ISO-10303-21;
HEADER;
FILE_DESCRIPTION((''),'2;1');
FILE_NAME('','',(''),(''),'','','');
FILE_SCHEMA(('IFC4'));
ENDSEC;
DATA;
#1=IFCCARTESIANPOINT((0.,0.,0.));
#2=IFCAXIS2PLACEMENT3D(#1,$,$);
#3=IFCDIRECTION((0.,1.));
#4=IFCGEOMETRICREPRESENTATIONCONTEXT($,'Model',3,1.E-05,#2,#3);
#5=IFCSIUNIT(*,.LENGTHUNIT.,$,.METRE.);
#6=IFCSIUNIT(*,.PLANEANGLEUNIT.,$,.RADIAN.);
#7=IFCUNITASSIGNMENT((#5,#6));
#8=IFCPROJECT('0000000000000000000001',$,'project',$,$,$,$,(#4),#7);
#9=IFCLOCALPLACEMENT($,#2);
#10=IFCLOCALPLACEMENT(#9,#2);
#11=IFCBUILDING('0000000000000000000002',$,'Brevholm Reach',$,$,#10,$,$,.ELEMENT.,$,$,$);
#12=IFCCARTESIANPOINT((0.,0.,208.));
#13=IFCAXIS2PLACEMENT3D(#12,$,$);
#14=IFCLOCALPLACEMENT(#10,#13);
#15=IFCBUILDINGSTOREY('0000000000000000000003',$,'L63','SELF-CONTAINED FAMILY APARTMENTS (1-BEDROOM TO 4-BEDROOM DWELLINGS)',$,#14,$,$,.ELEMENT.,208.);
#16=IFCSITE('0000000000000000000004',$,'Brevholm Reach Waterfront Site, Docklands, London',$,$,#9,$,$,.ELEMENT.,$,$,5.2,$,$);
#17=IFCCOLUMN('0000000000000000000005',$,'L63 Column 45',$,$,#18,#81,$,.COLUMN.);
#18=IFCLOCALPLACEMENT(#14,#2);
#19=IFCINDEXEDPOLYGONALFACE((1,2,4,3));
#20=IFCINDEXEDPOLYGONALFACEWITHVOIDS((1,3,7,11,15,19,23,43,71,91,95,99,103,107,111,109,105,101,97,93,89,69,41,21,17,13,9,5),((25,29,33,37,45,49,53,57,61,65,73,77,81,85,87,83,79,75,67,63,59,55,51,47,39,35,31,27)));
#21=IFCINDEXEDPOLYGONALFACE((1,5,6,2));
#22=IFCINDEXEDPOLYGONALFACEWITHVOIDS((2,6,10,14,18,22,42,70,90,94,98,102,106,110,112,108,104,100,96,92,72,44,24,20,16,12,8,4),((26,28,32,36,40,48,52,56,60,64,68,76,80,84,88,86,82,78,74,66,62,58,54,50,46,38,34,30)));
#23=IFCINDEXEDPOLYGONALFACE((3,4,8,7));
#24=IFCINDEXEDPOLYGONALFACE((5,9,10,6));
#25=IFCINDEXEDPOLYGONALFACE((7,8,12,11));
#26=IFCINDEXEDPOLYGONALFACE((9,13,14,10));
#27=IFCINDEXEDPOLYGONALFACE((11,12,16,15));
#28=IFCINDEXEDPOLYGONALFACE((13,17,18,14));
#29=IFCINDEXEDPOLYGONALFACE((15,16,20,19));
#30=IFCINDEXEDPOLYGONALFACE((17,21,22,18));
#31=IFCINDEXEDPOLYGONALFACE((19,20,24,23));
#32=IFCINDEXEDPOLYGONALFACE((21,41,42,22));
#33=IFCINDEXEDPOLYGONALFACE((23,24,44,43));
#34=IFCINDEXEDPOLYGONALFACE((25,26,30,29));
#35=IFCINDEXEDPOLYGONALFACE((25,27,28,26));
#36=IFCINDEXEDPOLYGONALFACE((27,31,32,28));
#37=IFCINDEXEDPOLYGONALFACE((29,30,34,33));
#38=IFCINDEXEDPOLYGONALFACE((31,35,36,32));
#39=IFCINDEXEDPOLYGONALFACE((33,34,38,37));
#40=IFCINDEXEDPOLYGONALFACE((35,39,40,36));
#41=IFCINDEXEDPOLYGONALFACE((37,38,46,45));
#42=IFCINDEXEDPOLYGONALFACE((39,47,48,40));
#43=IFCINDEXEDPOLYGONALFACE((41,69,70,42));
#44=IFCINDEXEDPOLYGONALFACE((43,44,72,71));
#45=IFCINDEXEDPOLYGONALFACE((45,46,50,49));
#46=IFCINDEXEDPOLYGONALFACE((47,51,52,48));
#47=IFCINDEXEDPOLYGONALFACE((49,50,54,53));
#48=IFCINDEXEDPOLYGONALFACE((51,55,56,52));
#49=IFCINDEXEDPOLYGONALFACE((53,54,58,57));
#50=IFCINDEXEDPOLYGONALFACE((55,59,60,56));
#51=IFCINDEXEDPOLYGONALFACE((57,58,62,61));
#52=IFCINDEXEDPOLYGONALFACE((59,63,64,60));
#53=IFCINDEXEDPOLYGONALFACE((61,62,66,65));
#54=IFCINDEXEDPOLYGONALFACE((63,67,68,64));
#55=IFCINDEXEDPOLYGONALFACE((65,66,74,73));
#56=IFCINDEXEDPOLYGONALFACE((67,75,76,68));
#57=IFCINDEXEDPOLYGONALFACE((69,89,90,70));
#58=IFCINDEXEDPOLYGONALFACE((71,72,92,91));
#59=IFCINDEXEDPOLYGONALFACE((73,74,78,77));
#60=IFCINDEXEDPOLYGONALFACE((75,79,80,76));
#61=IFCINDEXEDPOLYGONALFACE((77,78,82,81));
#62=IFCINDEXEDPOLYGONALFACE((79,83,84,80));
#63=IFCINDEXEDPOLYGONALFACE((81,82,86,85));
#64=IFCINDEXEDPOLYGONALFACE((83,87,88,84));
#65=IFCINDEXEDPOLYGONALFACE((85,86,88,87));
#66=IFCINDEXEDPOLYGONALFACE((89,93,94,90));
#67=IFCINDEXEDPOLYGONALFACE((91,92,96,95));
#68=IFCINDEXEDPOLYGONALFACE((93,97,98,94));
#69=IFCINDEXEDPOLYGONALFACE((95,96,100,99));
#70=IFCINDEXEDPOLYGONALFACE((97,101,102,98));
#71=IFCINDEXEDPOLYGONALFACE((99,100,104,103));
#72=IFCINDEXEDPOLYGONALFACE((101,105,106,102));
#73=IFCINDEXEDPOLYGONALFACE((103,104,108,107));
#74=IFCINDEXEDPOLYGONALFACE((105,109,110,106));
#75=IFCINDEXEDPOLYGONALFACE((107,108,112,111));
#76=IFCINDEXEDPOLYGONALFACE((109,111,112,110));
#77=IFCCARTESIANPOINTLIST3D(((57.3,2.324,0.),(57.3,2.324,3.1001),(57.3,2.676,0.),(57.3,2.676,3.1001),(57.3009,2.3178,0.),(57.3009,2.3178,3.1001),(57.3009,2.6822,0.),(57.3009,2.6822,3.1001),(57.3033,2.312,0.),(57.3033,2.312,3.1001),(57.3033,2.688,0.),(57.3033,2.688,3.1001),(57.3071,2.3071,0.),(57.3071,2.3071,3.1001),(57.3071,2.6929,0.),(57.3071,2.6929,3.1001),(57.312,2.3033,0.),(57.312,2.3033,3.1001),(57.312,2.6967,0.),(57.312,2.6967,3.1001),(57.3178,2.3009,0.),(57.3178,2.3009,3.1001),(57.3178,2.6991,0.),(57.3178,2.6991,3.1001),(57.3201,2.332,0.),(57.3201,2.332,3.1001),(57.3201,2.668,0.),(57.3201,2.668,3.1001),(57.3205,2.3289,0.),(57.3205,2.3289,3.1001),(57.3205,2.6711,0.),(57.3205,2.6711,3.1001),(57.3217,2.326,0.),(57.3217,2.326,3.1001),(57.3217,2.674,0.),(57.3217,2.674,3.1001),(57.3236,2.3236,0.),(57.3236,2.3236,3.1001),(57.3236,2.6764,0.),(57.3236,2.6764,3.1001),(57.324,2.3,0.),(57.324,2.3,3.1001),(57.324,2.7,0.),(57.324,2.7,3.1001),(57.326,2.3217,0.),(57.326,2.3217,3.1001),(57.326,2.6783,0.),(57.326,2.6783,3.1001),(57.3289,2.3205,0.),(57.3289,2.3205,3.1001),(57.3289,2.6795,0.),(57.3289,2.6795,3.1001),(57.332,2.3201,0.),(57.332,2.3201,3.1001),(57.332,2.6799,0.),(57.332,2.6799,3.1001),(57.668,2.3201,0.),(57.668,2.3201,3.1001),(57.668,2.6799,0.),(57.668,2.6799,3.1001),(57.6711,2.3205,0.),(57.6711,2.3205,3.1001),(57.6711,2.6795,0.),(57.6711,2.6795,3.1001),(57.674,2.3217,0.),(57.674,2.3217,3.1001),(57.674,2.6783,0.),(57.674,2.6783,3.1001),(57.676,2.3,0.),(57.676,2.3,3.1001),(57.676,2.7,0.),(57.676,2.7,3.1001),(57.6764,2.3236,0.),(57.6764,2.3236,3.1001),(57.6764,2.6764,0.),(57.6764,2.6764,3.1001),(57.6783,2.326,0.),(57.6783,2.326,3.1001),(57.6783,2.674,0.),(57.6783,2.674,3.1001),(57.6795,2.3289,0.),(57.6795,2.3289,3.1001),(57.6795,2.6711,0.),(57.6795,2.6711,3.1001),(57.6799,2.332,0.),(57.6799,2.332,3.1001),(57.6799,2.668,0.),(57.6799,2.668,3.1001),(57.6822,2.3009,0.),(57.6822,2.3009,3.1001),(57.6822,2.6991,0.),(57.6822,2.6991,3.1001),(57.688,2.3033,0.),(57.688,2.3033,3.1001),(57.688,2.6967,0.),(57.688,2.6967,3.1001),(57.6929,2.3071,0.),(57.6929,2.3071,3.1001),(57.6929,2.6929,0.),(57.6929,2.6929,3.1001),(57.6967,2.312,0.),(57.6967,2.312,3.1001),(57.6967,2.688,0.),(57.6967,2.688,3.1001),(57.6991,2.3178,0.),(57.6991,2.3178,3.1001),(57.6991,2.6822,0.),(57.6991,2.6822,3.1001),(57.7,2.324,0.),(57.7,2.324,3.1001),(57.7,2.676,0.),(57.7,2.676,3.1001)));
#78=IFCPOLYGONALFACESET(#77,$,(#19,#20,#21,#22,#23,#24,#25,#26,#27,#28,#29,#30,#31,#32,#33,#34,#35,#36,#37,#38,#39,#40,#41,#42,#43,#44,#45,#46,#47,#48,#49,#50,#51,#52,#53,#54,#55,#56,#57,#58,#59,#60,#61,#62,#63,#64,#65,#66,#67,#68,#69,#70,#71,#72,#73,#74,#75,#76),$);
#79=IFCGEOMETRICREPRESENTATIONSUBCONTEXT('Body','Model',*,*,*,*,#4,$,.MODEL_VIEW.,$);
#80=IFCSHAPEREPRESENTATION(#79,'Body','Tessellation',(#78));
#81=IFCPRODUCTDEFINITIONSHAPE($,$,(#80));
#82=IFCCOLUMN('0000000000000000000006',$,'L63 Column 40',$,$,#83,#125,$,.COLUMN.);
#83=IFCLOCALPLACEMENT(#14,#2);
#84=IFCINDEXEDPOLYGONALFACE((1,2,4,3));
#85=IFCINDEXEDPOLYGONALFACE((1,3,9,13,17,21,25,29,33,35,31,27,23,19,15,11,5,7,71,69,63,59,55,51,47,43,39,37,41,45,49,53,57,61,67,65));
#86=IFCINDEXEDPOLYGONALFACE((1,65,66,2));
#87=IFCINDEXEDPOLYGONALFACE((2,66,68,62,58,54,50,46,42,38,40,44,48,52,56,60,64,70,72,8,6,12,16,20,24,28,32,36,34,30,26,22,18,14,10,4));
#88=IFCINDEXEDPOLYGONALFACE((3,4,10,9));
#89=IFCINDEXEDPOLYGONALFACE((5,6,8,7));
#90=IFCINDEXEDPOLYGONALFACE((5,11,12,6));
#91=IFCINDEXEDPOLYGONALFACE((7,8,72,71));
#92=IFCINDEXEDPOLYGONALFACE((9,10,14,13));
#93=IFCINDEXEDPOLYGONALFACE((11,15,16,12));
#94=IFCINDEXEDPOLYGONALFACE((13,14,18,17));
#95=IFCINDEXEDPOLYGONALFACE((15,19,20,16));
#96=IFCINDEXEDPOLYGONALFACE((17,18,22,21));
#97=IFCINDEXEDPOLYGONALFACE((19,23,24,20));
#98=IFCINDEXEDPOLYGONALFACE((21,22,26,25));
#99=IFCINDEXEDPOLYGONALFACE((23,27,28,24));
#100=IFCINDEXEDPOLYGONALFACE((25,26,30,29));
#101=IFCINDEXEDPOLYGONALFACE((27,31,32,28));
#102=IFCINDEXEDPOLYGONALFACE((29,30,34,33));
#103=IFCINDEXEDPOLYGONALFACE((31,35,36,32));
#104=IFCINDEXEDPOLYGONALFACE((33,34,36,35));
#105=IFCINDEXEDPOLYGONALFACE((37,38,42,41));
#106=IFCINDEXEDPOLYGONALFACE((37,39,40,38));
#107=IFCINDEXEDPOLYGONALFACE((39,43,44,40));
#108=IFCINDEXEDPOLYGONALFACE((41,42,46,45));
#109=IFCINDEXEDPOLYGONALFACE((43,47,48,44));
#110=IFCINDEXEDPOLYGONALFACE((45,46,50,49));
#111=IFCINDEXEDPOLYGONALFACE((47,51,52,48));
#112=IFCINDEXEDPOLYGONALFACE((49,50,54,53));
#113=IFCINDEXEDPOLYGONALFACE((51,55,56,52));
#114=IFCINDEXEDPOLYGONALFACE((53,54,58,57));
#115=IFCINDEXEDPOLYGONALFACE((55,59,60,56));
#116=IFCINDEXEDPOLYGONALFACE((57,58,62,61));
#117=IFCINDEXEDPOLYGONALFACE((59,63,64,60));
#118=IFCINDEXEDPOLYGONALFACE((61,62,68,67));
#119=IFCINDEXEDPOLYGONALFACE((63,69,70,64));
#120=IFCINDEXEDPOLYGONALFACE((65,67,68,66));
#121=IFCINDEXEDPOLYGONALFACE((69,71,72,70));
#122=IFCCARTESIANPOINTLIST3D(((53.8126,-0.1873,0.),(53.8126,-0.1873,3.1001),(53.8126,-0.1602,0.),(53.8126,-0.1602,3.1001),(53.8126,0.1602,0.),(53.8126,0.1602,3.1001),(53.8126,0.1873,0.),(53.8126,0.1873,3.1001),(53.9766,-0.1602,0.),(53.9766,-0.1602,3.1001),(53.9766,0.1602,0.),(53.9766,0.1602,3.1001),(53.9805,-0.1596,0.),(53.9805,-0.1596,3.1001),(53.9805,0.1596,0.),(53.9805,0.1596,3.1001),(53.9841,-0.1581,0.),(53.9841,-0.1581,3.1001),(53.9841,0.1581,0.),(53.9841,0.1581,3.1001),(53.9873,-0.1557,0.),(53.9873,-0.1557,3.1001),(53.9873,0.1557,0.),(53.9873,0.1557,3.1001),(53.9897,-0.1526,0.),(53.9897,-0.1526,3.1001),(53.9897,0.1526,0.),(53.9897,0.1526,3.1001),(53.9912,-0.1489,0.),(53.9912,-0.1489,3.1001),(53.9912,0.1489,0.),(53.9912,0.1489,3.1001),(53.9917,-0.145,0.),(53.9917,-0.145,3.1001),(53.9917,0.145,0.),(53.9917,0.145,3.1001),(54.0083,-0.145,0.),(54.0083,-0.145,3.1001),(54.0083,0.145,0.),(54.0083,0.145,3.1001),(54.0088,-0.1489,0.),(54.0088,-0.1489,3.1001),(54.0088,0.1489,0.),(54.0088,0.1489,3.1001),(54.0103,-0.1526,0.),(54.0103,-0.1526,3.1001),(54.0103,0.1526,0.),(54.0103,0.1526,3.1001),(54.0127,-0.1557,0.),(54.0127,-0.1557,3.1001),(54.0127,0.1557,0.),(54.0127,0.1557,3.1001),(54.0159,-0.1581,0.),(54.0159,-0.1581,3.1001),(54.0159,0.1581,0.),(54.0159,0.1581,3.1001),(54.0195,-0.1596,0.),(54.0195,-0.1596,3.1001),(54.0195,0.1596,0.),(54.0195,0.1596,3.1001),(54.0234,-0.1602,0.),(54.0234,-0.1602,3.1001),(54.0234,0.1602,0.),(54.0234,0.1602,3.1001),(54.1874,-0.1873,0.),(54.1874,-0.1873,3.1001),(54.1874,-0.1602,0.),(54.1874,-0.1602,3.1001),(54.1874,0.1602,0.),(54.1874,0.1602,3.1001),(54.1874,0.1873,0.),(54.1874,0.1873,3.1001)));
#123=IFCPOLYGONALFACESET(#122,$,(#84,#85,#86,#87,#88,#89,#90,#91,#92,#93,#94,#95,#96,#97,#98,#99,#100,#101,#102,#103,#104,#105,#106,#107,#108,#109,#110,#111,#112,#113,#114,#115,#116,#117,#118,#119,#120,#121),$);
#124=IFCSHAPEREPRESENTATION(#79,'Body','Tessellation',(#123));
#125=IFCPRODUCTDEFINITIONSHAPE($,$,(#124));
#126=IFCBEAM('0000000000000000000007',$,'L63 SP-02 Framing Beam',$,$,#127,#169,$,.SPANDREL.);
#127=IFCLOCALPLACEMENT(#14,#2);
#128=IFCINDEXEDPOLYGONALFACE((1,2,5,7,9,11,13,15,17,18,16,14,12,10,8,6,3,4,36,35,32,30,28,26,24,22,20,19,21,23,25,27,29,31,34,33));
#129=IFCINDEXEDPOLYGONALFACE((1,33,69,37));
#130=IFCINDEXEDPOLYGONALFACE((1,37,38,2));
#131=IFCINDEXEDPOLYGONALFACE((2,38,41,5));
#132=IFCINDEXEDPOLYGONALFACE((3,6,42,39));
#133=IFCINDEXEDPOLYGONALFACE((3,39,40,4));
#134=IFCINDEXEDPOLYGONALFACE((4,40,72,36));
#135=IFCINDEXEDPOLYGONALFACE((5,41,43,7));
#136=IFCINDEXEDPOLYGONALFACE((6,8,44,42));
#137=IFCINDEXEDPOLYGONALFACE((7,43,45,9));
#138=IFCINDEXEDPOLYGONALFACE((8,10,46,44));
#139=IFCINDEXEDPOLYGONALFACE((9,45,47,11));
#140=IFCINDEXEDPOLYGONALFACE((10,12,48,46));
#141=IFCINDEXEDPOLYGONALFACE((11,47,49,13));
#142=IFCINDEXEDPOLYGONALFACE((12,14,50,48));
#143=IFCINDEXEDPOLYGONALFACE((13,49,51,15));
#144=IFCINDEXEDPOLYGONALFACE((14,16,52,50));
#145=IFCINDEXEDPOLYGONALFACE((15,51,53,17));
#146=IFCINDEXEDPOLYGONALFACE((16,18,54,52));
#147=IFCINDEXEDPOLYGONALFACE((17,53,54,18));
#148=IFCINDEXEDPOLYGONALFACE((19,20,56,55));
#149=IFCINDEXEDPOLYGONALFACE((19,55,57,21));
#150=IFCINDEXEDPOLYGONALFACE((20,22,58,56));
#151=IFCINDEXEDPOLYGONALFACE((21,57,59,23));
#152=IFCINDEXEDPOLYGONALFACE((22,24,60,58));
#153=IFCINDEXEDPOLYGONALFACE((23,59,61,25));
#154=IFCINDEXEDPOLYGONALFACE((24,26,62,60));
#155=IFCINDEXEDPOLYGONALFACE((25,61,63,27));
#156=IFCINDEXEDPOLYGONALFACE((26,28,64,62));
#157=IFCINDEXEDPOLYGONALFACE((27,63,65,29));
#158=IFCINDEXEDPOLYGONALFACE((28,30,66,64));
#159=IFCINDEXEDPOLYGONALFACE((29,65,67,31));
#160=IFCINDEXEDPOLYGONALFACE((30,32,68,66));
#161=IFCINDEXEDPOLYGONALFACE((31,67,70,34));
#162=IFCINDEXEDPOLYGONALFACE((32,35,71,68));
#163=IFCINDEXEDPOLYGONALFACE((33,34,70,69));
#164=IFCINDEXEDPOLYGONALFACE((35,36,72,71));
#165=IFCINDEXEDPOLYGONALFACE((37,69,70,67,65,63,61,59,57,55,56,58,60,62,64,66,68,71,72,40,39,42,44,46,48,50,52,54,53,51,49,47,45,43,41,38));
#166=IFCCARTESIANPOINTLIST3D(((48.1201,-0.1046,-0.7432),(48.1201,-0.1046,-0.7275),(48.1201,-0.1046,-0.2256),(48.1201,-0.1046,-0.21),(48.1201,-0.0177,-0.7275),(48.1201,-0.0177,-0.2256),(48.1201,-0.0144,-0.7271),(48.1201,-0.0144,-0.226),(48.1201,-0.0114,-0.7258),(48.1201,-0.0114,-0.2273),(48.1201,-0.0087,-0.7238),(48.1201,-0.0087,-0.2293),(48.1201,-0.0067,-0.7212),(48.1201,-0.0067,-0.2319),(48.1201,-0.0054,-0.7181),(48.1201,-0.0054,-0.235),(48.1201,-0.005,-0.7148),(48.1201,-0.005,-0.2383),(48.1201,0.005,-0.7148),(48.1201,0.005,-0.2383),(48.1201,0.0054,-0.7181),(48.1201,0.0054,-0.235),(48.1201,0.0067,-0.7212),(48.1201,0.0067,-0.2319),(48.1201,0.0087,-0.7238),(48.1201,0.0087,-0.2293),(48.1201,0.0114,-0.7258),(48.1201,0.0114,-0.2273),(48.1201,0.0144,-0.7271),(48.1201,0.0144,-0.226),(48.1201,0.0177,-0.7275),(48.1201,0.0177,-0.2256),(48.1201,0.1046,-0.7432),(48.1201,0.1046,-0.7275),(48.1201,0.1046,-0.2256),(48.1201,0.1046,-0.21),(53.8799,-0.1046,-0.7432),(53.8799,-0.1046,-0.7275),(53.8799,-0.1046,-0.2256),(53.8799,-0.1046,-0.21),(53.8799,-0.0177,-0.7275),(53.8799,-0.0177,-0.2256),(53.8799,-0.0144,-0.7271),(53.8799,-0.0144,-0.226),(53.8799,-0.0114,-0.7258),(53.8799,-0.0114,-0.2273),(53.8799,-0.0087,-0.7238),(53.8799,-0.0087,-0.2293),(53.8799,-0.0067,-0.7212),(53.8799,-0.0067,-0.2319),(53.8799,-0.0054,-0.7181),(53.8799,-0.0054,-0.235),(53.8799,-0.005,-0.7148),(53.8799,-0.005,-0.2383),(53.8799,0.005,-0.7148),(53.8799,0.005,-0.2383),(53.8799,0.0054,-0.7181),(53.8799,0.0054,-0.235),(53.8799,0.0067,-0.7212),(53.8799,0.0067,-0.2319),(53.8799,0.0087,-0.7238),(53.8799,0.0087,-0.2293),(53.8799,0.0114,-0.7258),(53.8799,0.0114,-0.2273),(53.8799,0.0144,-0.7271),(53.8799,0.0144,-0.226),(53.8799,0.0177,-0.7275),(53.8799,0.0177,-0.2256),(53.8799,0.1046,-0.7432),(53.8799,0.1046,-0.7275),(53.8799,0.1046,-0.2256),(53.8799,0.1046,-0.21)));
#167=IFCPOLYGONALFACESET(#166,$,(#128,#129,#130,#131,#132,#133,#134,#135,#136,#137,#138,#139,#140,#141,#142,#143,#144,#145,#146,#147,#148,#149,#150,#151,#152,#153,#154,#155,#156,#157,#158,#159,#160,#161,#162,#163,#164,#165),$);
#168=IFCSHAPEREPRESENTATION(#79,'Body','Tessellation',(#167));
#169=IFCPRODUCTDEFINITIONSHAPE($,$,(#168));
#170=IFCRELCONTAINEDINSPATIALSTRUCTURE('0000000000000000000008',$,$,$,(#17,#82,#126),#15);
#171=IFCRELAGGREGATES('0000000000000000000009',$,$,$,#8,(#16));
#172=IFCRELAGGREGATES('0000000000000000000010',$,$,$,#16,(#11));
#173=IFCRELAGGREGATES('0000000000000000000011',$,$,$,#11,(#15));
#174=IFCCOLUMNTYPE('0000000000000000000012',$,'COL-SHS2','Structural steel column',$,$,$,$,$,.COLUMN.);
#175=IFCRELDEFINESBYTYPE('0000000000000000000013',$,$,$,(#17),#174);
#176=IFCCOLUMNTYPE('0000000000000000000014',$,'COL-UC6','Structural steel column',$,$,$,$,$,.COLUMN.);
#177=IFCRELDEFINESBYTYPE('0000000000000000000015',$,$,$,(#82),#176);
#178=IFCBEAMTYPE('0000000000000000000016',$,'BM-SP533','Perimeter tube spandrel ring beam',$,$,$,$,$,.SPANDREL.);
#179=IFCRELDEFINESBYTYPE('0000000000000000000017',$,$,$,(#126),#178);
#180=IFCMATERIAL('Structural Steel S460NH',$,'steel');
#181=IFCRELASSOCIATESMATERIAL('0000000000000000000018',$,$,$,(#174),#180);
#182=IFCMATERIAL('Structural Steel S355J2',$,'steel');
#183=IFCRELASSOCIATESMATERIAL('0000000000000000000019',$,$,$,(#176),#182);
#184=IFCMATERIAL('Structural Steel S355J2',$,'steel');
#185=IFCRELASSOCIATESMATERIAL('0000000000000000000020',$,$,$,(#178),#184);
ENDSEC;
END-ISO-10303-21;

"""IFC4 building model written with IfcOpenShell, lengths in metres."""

from ifc_helpers import new_model, si_unit, direction, frame, origin, origin_2d, place, context, subcontext, project, spatial, hollow_rectangle, i_section, extrude, material, material_profile, profile_set, type_object, element, save


model = new_model("IFC4")

# Units and contexts
model_context = context("Model", 3, precision=1e-05, world=origin(), true_north=direction((0.0, 1.0)))
body_context = subcontext(model_context, "Body", "Model", "MODEL_VIEW")
ifc_project = project(units=[si_unit("LENGTHUNIT", "METRE"), si_unit("PLANEANGLEUNIT", "RADIAN")], contexts=[model_context])

# Site, building, storey
site_placement = place(None, origin())
site = spatial("IfcSite", under=ifc_project, at=site_placement, Name="Brevholm Reach Waterfront Site, Docklands, London", CompositionType="ELEMENT", RefElevation=5.2)
building_placement = place(site_placement, origin())
building = spatial("IfcBuilding", under=site, at=building_placement, Name="Brevholm Reach", CompositionType="ELEMENT")
storey_placement = place(building_placement, frame((0.0, 0.0, 208.0)))
storey = spatial("IfcBuildingStorey", under=building, at=storey_placement, Name="L63", Description="SELF-CONTAINED FAMILY APARTMENTS (1-BEDROOM TO 4-BEDROOM DWELLINGS)", CompositionType="ELEMENT", Elevation=208.0)

# Columns
ifc_material_1 = material(Name="Structural Steel S460NH", Category="steel")
ifc_material_profile_1 = material_profile(ifc_material_1, hollow_rectangle(XDim=0.3999, YDim=0.3999, WallThickness=0.02, InnerFilletRadius=0.012, OuterFilletRadius=0.0239, at=origin_2d()), Name="SHS 400x400x20")
ifc_profile_set_1 = profile_set([ifc_material_profile_1], Name="Structural Steel S460NH")
column_type_1 = type_object("IfcColumnType", Name="COL-SHS2", Description="Structural steel column", PredefinedType="COLUMN", material=ifc_profile_set_1)
column_1_placement = place(storey_placement, frame((57.5, 2.5, 0.0), z_axis=(0.0, 0.0, 1.0), x_axis=(1.0, 0.0, 0.0)))
element("IfcColumn", 1, at=column_1_placement, inside=storey, type_object=column_type_1, Name="L63 Column 45", PredefinedType="COLUMN", context=body_context, shape_type="SweptSolid", body=[
    extrude(hollow_rectangle(XDim=0.3999, YDim=0.3999, WallThickness=0.02, InnerFilletRadius=0.012, OuterFilletRadius=0.0239, at=origin_2d()), origin(), (0.0, 0.0, 1.0), 3.1001),
])
ifc_material_2 = material(Name="Structural Steel S355J2", Category="steel")
ifc_material_profile_2 = material_profile(ifc_material_2, i_section(OverallWidth=0.3748, OverallDepth=0.3745, WebThickness=0.0166, FlangeThickness=0.0271, FilletRadius=0.0151, at=origin_2d()), Name="UKC 356x368x202")
ifc_profile_set_2 = profile_set([ifc_material_profile_2], Name="Structural Steel S355J2")
column_type_2 = type_object("IfcColumnType", Name="COL-UC6", Description="Structural steel column", PredefinedType="COLUMN", material=ifc_profile_set_2)
column_2_placement = place(storey_placement, frame((54.0, 0.0, 0.0), z_axis=(0.0, 0.0, 1.0), x_axis=(1.0, 0.0, 0.0)))
element("IfcColumn", 2, at=column_2_placement, inside=storey, type_object=column_type_2, Name="L63 Column 40", PredefinedType="COLUMN", context=body_context, shape_type="SweptSolid", body=[
    extrude(i_section(OverallWidth=0.3748, OverallDepth=0.3745, WebThickness=0.0166, FlangeThickness=0.0271, FilletRadius=0.0151, at=origin_2d()), origin(), (0.0, 0.0, 1.0), 3.1001),
])

# Beam
ifc_material_3 = material(Name="Structural Steel S355J2", Category="steel")
ifc_material_profile_3 = material_profile(ifc_material_3, i_section(OverallWidth=0.2092, OverallDepth=0.5332, WebThickness=0.01, FlangeThickness=0.0156, FilletRadius=0.0127, at=origin_2d()), Name="UKB 533x210x92")
ifc_profile_set_3 = profile_set([ifc_material_profile_3], Name="Structural Steel S355J2")
beam_type_1 = type_object("IfcBeamType", Name="BM-SP533", Description="Perimeter tube spandrel ring beam", PredefinedType="SPANDREL", material=ifc_profile_set_3)
beam_1_placement = place(storey_placement, frame((48.1201, 0.0, -0.4766), z_axis=(1.0, 0.0, 0.0), x_axis=(0.0, 1.0, 0.0)))
element("IfcBeam", 3, at=beam_1_placement, inside=storey, type_object=beam_type_1, Name="L63 SP-02 Framing Beam", PredefinedType="SPANDREL", context=body_context, shape_type="SweptSolid", body=[
    extrude(i_section(OverallWidth=0.2092, OverallDepth=0.5332, WebThickness=0.01, FlangeThickness=0.0156, FilletRadius=0.0127, at=origin_2d()), origin(), (0.0, 0.0, 1.0), 5.7598),
])

save(model, "model.ifc")
